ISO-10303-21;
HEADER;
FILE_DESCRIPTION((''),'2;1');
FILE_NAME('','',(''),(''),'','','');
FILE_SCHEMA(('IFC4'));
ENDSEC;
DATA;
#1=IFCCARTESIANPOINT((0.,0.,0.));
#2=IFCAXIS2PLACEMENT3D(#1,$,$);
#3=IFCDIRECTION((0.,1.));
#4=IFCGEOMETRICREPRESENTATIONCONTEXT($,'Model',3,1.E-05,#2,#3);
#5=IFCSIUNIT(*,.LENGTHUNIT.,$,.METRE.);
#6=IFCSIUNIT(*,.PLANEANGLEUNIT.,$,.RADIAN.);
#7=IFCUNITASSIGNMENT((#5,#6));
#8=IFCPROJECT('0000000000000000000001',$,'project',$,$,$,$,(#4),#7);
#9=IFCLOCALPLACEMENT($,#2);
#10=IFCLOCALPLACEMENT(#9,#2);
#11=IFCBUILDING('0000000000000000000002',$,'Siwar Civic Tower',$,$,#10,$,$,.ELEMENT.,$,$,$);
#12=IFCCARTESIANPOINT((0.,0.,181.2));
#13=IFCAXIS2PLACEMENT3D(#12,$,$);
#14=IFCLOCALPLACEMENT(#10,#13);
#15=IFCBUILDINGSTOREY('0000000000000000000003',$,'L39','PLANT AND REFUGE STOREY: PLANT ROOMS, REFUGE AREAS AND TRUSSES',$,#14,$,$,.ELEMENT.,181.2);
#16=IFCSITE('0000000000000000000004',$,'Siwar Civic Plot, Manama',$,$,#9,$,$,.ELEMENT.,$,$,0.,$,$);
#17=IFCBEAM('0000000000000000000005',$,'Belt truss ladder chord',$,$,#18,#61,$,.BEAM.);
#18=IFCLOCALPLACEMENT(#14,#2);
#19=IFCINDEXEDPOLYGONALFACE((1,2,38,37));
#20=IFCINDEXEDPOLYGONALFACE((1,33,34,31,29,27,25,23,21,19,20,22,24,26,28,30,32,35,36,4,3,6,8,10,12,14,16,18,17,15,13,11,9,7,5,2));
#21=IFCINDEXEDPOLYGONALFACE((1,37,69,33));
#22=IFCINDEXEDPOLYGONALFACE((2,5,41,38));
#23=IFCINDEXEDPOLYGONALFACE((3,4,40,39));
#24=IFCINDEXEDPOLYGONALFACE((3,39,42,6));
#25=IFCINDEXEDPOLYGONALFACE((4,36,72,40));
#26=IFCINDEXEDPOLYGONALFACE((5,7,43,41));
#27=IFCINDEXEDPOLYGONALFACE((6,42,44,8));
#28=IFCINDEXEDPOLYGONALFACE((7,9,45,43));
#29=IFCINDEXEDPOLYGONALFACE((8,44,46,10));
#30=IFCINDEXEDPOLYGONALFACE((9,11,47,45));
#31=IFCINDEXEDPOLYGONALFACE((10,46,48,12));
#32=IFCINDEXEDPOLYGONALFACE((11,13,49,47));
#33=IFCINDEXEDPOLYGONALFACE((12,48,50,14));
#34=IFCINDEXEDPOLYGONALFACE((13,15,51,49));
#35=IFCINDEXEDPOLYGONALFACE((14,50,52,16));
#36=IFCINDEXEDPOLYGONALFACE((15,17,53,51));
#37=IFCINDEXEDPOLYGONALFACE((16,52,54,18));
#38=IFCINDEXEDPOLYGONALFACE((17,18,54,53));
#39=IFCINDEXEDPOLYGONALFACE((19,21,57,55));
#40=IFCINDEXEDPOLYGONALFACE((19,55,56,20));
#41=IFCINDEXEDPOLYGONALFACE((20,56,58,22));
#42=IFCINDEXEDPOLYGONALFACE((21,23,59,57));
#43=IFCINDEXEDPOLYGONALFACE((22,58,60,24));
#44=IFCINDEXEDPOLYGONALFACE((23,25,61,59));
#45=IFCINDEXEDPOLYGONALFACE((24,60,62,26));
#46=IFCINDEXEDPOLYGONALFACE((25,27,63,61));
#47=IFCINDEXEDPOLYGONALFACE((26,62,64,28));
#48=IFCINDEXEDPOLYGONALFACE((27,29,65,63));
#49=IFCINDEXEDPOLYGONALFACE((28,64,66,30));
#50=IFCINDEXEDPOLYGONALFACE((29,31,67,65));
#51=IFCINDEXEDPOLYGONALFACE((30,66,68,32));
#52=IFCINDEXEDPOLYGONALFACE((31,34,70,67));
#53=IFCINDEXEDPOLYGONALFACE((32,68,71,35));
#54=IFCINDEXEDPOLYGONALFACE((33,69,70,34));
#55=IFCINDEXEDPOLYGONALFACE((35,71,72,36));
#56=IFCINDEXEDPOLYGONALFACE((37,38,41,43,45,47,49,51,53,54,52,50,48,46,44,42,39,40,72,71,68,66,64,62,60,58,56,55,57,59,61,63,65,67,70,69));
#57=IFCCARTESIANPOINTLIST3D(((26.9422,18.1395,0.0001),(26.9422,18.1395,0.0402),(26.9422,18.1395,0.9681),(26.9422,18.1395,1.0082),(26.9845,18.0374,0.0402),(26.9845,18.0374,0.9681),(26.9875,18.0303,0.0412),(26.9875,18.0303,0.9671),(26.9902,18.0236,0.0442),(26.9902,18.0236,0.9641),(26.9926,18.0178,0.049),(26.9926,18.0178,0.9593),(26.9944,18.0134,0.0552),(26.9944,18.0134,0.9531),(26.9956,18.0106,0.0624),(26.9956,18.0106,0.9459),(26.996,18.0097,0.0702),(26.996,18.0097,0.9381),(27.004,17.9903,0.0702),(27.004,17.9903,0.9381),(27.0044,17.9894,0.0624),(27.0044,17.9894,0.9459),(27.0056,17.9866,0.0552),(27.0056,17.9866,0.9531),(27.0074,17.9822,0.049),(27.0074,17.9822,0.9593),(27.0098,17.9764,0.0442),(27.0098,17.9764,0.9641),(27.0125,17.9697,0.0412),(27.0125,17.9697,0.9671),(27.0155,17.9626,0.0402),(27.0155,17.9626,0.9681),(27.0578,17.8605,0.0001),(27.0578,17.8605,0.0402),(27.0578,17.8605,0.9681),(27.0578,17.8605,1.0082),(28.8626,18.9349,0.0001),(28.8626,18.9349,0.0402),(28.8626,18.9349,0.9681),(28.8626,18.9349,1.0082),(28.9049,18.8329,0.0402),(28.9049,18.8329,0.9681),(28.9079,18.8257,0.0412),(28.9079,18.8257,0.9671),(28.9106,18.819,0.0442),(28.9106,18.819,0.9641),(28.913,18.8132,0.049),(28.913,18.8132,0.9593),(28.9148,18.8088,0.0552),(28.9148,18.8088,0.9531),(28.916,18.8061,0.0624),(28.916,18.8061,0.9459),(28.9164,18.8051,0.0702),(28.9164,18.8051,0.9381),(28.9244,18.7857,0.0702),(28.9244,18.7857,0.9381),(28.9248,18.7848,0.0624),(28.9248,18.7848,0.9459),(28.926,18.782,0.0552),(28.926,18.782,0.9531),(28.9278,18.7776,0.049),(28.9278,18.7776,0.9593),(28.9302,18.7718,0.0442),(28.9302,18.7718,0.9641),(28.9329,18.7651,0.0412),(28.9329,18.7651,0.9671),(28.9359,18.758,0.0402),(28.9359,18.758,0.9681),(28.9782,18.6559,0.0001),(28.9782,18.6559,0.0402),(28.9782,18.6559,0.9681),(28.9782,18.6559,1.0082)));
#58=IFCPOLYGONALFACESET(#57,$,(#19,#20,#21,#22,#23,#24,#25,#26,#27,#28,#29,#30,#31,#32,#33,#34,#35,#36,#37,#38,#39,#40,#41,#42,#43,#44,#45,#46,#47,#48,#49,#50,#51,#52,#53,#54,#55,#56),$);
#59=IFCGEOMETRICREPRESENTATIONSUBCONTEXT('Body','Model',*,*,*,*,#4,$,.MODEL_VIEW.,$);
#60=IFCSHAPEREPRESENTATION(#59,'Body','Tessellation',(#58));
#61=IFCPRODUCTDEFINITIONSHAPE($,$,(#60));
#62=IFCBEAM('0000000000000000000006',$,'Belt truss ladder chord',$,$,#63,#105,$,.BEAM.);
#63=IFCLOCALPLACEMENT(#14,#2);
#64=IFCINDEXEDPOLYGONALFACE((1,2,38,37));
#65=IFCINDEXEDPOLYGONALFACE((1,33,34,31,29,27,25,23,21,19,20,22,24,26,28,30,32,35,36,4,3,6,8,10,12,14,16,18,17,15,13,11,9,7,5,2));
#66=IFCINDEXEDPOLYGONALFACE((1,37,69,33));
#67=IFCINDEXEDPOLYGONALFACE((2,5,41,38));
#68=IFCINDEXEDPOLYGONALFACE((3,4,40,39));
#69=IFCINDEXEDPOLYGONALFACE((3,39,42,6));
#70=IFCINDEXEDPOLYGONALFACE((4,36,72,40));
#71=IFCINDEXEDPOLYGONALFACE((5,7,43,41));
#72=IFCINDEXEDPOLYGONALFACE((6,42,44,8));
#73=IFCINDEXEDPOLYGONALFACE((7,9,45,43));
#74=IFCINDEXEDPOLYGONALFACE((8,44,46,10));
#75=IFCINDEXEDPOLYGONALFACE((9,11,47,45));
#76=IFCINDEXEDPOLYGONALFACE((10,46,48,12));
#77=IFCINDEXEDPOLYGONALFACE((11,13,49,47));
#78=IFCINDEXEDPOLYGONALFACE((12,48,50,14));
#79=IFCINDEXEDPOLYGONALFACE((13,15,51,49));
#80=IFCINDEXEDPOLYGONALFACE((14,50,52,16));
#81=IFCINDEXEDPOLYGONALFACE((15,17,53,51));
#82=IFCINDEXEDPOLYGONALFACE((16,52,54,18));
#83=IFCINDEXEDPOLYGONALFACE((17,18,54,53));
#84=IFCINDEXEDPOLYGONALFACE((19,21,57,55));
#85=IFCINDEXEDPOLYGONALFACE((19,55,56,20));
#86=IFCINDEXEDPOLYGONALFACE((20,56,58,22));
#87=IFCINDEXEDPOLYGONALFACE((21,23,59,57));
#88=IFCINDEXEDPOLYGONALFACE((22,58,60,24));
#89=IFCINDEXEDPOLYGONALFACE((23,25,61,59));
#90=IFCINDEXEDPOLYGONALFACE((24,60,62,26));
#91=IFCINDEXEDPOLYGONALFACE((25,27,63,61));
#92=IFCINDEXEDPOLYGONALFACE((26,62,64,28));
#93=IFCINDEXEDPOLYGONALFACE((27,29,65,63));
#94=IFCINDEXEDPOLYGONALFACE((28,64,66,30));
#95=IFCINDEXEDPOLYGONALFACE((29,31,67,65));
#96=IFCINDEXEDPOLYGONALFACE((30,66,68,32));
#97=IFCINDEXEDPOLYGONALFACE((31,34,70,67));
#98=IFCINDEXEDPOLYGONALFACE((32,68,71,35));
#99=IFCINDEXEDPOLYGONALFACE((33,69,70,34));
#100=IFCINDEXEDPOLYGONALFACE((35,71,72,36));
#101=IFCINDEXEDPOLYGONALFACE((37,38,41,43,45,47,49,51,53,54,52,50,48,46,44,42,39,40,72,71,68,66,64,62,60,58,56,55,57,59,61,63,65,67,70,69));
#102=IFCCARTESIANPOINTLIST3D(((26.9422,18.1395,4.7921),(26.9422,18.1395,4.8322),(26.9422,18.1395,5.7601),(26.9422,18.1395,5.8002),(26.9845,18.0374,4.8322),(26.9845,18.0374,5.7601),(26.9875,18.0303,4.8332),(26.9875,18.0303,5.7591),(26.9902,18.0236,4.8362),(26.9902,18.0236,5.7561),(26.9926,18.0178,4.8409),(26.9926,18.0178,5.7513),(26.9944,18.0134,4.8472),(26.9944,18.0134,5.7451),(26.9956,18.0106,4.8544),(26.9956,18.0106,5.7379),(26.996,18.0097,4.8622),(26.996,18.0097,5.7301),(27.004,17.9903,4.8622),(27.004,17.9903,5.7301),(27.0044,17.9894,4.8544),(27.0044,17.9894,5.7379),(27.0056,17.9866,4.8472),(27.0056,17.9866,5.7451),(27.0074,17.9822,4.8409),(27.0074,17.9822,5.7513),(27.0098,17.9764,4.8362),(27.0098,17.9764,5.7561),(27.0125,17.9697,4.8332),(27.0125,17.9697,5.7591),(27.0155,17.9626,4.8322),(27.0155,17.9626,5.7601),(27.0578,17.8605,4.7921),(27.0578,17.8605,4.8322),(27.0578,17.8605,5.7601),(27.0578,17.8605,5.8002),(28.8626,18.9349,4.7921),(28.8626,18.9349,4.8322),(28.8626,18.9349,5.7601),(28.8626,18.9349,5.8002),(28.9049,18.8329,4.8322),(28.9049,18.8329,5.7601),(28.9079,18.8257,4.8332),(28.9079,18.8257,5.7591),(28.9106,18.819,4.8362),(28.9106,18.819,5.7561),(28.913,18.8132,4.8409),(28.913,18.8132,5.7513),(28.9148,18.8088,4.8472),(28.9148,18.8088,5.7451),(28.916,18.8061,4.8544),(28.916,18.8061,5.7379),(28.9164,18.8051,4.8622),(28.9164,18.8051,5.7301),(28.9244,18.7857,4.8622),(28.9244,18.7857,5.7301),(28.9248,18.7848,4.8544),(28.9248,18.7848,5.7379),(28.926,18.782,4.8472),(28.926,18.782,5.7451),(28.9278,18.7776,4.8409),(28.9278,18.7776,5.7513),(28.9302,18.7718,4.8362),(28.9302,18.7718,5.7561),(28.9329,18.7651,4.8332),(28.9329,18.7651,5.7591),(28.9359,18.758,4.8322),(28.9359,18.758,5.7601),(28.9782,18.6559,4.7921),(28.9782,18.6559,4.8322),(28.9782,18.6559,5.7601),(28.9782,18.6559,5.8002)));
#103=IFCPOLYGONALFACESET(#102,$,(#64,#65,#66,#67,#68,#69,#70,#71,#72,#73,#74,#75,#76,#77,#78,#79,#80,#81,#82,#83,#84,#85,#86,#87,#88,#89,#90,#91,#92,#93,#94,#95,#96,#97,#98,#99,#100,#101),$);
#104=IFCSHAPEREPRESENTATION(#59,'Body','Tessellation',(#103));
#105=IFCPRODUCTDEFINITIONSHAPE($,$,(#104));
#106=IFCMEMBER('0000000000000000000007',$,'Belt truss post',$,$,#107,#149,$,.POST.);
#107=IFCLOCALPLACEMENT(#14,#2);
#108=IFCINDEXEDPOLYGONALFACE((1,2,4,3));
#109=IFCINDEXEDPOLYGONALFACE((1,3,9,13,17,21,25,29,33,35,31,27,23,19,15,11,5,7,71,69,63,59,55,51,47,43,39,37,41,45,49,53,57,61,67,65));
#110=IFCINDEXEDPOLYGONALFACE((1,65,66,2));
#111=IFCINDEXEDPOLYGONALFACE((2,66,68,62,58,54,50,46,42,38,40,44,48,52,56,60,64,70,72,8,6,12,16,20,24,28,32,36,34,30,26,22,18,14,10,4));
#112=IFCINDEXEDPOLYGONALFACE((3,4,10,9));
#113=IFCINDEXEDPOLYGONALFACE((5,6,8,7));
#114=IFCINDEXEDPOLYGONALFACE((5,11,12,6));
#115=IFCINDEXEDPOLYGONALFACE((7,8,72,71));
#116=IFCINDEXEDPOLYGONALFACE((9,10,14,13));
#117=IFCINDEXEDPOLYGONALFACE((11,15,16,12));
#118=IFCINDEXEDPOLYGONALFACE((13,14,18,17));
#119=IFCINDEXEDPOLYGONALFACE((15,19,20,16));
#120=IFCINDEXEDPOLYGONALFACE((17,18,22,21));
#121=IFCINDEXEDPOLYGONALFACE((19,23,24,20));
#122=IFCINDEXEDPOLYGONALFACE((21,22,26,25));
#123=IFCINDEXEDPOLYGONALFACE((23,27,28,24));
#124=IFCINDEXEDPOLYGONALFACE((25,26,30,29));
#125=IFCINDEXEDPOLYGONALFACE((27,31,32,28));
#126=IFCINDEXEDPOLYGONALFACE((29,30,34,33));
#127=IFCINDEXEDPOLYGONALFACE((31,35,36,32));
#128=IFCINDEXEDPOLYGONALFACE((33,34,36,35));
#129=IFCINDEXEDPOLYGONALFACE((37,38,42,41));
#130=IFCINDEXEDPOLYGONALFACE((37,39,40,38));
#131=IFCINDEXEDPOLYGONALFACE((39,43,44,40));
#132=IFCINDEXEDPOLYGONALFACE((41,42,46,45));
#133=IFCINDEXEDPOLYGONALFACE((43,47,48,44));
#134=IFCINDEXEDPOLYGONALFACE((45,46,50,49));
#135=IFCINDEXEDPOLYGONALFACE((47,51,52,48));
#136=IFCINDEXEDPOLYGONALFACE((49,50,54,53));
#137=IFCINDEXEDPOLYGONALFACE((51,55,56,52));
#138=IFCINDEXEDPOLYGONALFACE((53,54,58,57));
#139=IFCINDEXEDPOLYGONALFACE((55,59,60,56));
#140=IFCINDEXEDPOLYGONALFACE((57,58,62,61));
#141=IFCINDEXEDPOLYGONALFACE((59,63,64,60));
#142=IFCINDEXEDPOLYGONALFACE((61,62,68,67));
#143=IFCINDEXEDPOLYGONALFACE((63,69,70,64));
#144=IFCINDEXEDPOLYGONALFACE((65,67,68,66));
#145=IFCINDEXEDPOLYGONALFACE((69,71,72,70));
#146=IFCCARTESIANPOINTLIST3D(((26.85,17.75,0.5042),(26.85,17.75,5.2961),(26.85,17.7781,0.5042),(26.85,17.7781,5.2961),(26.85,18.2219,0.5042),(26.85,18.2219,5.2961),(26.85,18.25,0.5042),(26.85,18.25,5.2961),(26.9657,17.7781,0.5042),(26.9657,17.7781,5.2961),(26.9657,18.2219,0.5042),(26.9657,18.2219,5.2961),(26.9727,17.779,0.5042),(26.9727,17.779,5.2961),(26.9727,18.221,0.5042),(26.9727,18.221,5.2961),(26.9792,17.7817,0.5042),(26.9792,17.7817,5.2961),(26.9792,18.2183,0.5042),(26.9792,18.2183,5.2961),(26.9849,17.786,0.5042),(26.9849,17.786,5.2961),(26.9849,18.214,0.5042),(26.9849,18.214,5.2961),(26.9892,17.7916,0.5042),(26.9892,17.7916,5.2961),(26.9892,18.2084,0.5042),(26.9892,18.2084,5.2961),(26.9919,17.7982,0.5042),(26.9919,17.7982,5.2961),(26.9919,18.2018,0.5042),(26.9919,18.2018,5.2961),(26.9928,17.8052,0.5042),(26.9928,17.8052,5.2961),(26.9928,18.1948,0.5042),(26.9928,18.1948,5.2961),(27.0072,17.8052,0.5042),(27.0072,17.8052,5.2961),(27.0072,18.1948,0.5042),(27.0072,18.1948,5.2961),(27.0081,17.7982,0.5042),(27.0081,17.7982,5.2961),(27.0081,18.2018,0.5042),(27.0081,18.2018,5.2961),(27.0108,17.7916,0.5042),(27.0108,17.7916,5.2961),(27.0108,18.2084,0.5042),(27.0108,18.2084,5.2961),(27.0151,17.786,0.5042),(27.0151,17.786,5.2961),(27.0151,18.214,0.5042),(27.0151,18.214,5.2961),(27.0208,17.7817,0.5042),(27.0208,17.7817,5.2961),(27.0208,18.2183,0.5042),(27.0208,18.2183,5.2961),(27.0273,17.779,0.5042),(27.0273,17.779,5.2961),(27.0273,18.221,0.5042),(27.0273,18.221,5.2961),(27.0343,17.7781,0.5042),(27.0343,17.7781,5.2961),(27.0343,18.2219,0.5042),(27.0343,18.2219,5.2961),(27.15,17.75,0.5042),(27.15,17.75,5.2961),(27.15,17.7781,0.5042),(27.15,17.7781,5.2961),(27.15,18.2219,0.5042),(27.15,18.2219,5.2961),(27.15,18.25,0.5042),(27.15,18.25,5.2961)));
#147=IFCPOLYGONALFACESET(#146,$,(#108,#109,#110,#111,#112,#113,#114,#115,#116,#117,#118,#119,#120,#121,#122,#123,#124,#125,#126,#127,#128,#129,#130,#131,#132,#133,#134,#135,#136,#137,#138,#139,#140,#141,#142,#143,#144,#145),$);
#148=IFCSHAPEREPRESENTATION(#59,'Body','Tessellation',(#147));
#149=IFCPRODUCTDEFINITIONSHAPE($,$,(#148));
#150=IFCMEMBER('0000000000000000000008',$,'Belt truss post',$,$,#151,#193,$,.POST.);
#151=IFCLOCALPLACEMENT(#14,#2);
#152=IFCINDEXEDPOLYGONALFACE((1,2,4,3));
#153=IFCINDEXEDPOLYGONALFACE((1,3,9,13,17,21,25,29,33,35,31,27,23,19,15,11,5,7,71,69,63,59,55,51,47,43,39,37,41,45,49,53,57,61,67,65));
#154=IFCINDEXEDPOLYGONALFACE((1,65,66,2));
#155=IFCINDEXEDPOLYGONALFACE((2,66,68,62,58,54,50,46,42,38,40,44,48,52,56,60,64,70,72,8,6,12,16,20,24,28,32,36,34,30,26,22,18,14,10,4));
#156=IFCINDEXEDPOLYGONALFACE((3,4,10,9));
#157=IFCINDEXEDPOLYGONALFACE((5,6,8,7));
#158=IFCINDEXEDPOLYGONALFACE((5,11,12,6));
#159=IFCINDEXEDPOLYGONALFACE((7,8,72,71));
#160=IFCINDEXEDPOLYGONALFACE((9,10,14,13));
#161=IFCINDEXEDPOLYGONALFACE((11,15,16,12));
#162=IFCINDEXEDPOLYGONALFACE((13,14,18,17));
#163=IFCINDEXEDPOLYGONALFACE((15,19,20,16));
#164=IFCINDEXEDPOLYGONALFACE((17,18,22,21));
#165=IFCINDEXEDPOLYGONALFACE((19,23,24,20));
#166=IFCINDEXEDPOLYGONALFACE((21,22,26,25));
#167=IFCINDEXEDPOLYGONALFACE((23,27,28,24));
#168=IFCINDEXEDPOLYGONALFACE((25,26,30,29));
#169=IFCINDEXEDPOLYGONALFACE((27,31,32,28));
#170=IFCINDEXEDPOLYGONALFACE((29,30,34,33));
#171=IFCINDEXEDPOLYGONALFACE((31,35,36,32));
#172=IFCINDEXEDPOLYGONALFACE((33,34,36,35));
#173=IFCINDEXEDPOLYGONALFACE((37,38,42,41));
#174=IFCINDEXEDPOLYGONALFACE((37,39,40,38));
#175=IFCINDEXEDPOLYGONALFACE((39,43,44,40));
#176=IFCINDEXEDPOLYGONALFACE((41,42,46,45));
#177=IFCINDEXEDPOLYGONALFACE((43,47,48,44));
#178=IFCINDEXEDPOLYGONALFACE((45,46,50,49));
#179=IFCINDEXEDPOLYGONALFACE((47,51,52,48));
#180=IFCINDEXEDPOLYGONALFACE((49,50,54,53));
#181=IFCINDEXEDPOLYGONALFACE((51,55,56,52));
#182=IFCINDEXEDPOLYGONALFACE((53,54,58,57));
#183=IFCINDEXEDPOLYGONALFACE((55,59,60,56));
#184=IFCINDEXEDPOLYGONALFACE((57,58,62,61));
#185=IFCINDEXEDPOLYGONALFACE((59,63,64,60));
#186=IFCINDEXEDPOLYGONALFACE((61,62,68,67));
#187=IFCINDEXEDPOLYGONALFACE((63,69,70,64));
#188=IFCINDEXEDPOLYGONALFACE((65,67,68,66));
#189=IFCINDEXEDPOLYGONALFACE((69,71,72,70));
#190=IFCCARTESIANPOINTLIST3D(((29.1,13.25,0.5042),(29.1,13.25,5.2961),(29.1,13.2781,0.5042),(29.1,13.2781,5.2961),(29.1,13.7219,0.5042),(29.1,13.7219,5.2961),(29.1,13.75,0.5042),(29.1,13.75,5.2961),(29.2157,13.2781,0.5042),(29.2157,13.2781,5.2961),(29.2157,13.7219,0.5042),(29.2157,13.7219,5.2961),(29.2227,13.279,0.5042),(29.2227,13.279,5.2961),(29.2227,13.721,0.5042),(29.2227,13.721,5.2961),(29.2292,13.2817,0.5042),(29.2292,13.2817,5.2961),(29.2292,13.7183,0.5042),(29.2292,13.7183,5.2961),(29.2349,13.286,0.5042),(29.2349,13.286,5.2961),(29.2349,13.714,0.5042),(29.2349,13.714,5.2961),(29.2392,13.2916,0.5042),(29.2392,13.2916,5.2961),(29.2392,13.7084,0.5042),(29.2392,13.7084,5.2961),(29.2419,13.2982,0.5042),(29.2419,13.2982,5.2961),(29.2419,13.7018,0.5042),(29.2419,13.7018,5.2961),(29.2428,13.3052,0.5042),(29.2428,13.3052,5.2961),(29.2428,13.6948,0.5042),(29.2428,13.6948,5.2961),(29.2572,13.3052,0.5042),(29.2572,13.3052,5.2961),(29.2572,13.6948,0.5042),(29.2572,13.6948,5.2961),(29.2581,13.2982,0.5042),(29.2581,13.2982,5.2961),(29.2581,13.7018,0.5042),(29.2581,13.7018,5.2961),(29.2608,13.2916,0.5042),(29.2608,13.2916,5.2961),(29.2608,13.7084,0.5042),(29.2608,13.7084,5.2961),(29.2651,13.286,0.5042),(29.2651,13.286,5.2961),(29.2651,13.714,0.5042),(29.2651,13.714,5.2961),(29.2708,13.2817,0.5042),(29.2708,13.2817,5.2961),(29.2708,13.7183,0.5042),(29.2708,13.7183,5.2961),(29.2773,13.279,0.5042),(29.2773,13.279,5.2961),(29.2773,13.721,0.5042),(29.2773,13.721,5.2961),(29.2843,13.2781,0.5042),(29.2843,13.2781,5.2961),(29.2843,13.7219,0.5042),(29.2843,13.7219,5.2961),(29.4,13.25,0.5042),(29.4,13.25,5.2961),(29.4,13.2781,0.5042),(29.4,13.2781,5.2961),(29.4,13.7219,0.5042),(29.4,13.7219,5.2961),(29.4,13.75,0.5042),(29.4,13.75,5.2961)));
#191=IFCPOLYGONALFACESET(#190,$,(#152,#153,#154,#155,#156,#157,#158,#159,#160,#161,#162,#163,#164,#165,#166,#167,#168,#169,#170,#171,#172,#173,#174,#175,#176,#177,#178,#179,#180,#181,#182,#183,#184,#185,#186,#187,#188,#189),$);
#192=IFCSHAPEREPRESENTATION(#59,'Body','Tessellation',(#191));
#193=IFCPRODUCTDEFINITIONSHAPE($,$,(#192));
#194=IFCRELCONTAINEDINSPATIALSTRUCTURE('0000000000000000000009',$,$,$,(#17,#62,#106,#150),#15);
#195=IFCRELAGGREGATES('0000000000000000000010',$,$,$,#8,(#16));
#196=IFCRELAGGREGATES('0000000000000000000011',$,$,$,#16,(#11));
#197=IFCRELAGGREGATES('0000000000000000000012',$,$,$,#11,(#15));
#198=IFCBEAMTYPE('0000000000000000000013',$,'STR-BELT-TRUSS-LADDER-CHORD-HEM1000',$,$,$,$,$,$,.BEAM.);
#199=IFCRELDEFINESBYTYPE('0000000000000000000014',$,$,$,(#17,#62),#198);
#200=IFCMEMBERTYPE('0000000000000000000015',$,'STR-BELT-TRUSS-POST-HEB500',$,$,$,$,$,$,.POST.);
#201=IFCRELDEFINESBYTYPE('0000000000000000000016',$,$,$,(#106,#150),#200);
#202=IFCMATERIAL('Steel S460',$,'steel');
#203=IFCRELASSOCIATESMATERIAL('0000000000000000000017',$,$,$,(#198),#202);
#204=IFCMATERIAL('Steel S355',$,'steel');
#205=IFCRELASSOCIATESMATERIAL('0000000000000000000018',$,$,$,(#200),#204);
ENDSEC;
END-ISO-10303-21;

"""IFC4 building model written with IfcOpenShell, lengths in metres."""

from ifc_helpers import new_model, si_unit, direction, frame, origin, origin_2d, place, context, subcontext, project, spatial, i_section, extrude, material, material_profile, profile_set, type_object, element, save


model = new_model("IFC4")

# Units and contexts
model_context = context("Model", 3, precision=1e-05, world=origin(), true_north=direction((0.0, 1.0)))
body_context = subcontext(model_context, "Body", "Model", "MODEL_VIEW")
ifc_project = project(units=[si_unit("LENGTHUNIT", "METRE"), si_unit("PLANEANGLEUNIT", "RADIAN")], contexts=[model_context])

# Site, building, storey
site_placement = place(None, origin())
site = spatial("IfcSite", under=ifc_project, at=site_placement, Name="Siwar Civic Plot, Manama", CompositionType="ELEMENT", RefElevation=0.0)
building_placement = place(site_placement, origin())
building = spatial("IfcBuilding", under=site, at=building_placement, Name="Siwar Civic Tower", CompositionType="ELEMENT")
storey_placement = place(building_placement, frame((0.0, 0.0, 181.2)))
storey = spatial("IfcBuildingStorey", under=building, at=storey_placement, Name="L39", Description="PLANT AND REFUGE STOREY: PLANT ROOMS, REFUGE AREAS AND TRUSSES", CompositionType="ELEMENT", Elevation=181.2)

# Beams
ifc_material_1 = material(Name="Steel S460", Category="steel")
ifc_material_profile_1 = material_profile(ifc_material_1, i_section(OverallWidth=0.302, OverallDepth=1.0081, WebThickness=0.021, FlangeThickness=0.04, FilletRadius=0.03, at=origin_2d()), Name="HEM1000")
ifc_profile_set_1 = profile_set([ifc_material_profile_1], Name="Steel S460")
beam_type_1 = type_object("IfcBeamType", Name="STR-BELT-TRUSS-LADDER-CHORD-HEM1000", PredefinedType="BEAM", material=ifc_profile_set_1)
for number, where, z_axis, x_axis, name in (
    (1, (27.0, 18.0, 0.5042), (0.923888, 0.382663, 0.0), (-0.382663, 0.923888, 0.0), "Belt truss ladder chord"),
    (2, (27.0, 18.0, 5.2961), (0.923888, 0.382663, 0.0), (-0.382663, 0.923888, 0.0), "Belt truss ladder chord"),
):
    element("IfcBeam", number, at=place(storey_placement, frame(where, z_axis=z_axis, x_axis=x_axis)), inside=storey, type_object=beam_type_1, Name=name, PredefinedType="BEAM", context=body_context, shape_type="SweptSolid", body=[
        extrude(i_section(OverallWidth=0.302, OverallDepth=1.0081, WebThickness=0.021, FlangeThickness=0.04, FilletRadius=0.03, at=origin_2d()), origin(), (0.0, 0.0, 1.0), 2.0786),
    ])

# Members
ifc_material_2 = material(Name="Steel S355", Category="steel")
ifc_material_profile_2 = material_profile(ifc_material_2, i_section(OverallWidth=0.3, OverallDepth=0.5, WebThickness=0.0144, FlangeThickness=0.0281, FilletRadius=0.0271, at=origin_2d()), Name="HEB500")
ifc_profile_set_2 = profile_set([ifc_material_profile_2], Name="Steel S355")
member_type_1 = type_object("IfcMemberType", Name="STR-BELT-TRUSS-POST-HEB500", PredefinedType="POST", material=ifc_profile_set_2)
for number, where, z_axis, x_axis, name in (
    (3, (27.0, 18.0, 0.5042), (0.0, 0.0, 1.0), (1.0, 0.0, 0.0), "Belt truss post"),
    (4, (29.25, 13.5, 0.5042), (0.0, 0.0, 1.0), (1.0, 0.0, 0.0), "Belt truss post"),
):
    element("IfcMember", number, at=place(storey_placement, frame(where, z_axis=z_axis, x_axis=x_axis)), inside=storey, type_object=member_type_1, Name=name, PredefinedType="POST", context=body_context, shape_type="SweptSolid", body=[
        extrude(i_section(OverallWidth=0.3, OverallDepth=0.5, WebThickness=0.0144, FlangeThickness=0.0281, FilletRadius=0.0271, at=origin_2d()), origin(), (0.0, 0.0, 1.0), 4.792),
    ])

save(model, "model.ifc")
